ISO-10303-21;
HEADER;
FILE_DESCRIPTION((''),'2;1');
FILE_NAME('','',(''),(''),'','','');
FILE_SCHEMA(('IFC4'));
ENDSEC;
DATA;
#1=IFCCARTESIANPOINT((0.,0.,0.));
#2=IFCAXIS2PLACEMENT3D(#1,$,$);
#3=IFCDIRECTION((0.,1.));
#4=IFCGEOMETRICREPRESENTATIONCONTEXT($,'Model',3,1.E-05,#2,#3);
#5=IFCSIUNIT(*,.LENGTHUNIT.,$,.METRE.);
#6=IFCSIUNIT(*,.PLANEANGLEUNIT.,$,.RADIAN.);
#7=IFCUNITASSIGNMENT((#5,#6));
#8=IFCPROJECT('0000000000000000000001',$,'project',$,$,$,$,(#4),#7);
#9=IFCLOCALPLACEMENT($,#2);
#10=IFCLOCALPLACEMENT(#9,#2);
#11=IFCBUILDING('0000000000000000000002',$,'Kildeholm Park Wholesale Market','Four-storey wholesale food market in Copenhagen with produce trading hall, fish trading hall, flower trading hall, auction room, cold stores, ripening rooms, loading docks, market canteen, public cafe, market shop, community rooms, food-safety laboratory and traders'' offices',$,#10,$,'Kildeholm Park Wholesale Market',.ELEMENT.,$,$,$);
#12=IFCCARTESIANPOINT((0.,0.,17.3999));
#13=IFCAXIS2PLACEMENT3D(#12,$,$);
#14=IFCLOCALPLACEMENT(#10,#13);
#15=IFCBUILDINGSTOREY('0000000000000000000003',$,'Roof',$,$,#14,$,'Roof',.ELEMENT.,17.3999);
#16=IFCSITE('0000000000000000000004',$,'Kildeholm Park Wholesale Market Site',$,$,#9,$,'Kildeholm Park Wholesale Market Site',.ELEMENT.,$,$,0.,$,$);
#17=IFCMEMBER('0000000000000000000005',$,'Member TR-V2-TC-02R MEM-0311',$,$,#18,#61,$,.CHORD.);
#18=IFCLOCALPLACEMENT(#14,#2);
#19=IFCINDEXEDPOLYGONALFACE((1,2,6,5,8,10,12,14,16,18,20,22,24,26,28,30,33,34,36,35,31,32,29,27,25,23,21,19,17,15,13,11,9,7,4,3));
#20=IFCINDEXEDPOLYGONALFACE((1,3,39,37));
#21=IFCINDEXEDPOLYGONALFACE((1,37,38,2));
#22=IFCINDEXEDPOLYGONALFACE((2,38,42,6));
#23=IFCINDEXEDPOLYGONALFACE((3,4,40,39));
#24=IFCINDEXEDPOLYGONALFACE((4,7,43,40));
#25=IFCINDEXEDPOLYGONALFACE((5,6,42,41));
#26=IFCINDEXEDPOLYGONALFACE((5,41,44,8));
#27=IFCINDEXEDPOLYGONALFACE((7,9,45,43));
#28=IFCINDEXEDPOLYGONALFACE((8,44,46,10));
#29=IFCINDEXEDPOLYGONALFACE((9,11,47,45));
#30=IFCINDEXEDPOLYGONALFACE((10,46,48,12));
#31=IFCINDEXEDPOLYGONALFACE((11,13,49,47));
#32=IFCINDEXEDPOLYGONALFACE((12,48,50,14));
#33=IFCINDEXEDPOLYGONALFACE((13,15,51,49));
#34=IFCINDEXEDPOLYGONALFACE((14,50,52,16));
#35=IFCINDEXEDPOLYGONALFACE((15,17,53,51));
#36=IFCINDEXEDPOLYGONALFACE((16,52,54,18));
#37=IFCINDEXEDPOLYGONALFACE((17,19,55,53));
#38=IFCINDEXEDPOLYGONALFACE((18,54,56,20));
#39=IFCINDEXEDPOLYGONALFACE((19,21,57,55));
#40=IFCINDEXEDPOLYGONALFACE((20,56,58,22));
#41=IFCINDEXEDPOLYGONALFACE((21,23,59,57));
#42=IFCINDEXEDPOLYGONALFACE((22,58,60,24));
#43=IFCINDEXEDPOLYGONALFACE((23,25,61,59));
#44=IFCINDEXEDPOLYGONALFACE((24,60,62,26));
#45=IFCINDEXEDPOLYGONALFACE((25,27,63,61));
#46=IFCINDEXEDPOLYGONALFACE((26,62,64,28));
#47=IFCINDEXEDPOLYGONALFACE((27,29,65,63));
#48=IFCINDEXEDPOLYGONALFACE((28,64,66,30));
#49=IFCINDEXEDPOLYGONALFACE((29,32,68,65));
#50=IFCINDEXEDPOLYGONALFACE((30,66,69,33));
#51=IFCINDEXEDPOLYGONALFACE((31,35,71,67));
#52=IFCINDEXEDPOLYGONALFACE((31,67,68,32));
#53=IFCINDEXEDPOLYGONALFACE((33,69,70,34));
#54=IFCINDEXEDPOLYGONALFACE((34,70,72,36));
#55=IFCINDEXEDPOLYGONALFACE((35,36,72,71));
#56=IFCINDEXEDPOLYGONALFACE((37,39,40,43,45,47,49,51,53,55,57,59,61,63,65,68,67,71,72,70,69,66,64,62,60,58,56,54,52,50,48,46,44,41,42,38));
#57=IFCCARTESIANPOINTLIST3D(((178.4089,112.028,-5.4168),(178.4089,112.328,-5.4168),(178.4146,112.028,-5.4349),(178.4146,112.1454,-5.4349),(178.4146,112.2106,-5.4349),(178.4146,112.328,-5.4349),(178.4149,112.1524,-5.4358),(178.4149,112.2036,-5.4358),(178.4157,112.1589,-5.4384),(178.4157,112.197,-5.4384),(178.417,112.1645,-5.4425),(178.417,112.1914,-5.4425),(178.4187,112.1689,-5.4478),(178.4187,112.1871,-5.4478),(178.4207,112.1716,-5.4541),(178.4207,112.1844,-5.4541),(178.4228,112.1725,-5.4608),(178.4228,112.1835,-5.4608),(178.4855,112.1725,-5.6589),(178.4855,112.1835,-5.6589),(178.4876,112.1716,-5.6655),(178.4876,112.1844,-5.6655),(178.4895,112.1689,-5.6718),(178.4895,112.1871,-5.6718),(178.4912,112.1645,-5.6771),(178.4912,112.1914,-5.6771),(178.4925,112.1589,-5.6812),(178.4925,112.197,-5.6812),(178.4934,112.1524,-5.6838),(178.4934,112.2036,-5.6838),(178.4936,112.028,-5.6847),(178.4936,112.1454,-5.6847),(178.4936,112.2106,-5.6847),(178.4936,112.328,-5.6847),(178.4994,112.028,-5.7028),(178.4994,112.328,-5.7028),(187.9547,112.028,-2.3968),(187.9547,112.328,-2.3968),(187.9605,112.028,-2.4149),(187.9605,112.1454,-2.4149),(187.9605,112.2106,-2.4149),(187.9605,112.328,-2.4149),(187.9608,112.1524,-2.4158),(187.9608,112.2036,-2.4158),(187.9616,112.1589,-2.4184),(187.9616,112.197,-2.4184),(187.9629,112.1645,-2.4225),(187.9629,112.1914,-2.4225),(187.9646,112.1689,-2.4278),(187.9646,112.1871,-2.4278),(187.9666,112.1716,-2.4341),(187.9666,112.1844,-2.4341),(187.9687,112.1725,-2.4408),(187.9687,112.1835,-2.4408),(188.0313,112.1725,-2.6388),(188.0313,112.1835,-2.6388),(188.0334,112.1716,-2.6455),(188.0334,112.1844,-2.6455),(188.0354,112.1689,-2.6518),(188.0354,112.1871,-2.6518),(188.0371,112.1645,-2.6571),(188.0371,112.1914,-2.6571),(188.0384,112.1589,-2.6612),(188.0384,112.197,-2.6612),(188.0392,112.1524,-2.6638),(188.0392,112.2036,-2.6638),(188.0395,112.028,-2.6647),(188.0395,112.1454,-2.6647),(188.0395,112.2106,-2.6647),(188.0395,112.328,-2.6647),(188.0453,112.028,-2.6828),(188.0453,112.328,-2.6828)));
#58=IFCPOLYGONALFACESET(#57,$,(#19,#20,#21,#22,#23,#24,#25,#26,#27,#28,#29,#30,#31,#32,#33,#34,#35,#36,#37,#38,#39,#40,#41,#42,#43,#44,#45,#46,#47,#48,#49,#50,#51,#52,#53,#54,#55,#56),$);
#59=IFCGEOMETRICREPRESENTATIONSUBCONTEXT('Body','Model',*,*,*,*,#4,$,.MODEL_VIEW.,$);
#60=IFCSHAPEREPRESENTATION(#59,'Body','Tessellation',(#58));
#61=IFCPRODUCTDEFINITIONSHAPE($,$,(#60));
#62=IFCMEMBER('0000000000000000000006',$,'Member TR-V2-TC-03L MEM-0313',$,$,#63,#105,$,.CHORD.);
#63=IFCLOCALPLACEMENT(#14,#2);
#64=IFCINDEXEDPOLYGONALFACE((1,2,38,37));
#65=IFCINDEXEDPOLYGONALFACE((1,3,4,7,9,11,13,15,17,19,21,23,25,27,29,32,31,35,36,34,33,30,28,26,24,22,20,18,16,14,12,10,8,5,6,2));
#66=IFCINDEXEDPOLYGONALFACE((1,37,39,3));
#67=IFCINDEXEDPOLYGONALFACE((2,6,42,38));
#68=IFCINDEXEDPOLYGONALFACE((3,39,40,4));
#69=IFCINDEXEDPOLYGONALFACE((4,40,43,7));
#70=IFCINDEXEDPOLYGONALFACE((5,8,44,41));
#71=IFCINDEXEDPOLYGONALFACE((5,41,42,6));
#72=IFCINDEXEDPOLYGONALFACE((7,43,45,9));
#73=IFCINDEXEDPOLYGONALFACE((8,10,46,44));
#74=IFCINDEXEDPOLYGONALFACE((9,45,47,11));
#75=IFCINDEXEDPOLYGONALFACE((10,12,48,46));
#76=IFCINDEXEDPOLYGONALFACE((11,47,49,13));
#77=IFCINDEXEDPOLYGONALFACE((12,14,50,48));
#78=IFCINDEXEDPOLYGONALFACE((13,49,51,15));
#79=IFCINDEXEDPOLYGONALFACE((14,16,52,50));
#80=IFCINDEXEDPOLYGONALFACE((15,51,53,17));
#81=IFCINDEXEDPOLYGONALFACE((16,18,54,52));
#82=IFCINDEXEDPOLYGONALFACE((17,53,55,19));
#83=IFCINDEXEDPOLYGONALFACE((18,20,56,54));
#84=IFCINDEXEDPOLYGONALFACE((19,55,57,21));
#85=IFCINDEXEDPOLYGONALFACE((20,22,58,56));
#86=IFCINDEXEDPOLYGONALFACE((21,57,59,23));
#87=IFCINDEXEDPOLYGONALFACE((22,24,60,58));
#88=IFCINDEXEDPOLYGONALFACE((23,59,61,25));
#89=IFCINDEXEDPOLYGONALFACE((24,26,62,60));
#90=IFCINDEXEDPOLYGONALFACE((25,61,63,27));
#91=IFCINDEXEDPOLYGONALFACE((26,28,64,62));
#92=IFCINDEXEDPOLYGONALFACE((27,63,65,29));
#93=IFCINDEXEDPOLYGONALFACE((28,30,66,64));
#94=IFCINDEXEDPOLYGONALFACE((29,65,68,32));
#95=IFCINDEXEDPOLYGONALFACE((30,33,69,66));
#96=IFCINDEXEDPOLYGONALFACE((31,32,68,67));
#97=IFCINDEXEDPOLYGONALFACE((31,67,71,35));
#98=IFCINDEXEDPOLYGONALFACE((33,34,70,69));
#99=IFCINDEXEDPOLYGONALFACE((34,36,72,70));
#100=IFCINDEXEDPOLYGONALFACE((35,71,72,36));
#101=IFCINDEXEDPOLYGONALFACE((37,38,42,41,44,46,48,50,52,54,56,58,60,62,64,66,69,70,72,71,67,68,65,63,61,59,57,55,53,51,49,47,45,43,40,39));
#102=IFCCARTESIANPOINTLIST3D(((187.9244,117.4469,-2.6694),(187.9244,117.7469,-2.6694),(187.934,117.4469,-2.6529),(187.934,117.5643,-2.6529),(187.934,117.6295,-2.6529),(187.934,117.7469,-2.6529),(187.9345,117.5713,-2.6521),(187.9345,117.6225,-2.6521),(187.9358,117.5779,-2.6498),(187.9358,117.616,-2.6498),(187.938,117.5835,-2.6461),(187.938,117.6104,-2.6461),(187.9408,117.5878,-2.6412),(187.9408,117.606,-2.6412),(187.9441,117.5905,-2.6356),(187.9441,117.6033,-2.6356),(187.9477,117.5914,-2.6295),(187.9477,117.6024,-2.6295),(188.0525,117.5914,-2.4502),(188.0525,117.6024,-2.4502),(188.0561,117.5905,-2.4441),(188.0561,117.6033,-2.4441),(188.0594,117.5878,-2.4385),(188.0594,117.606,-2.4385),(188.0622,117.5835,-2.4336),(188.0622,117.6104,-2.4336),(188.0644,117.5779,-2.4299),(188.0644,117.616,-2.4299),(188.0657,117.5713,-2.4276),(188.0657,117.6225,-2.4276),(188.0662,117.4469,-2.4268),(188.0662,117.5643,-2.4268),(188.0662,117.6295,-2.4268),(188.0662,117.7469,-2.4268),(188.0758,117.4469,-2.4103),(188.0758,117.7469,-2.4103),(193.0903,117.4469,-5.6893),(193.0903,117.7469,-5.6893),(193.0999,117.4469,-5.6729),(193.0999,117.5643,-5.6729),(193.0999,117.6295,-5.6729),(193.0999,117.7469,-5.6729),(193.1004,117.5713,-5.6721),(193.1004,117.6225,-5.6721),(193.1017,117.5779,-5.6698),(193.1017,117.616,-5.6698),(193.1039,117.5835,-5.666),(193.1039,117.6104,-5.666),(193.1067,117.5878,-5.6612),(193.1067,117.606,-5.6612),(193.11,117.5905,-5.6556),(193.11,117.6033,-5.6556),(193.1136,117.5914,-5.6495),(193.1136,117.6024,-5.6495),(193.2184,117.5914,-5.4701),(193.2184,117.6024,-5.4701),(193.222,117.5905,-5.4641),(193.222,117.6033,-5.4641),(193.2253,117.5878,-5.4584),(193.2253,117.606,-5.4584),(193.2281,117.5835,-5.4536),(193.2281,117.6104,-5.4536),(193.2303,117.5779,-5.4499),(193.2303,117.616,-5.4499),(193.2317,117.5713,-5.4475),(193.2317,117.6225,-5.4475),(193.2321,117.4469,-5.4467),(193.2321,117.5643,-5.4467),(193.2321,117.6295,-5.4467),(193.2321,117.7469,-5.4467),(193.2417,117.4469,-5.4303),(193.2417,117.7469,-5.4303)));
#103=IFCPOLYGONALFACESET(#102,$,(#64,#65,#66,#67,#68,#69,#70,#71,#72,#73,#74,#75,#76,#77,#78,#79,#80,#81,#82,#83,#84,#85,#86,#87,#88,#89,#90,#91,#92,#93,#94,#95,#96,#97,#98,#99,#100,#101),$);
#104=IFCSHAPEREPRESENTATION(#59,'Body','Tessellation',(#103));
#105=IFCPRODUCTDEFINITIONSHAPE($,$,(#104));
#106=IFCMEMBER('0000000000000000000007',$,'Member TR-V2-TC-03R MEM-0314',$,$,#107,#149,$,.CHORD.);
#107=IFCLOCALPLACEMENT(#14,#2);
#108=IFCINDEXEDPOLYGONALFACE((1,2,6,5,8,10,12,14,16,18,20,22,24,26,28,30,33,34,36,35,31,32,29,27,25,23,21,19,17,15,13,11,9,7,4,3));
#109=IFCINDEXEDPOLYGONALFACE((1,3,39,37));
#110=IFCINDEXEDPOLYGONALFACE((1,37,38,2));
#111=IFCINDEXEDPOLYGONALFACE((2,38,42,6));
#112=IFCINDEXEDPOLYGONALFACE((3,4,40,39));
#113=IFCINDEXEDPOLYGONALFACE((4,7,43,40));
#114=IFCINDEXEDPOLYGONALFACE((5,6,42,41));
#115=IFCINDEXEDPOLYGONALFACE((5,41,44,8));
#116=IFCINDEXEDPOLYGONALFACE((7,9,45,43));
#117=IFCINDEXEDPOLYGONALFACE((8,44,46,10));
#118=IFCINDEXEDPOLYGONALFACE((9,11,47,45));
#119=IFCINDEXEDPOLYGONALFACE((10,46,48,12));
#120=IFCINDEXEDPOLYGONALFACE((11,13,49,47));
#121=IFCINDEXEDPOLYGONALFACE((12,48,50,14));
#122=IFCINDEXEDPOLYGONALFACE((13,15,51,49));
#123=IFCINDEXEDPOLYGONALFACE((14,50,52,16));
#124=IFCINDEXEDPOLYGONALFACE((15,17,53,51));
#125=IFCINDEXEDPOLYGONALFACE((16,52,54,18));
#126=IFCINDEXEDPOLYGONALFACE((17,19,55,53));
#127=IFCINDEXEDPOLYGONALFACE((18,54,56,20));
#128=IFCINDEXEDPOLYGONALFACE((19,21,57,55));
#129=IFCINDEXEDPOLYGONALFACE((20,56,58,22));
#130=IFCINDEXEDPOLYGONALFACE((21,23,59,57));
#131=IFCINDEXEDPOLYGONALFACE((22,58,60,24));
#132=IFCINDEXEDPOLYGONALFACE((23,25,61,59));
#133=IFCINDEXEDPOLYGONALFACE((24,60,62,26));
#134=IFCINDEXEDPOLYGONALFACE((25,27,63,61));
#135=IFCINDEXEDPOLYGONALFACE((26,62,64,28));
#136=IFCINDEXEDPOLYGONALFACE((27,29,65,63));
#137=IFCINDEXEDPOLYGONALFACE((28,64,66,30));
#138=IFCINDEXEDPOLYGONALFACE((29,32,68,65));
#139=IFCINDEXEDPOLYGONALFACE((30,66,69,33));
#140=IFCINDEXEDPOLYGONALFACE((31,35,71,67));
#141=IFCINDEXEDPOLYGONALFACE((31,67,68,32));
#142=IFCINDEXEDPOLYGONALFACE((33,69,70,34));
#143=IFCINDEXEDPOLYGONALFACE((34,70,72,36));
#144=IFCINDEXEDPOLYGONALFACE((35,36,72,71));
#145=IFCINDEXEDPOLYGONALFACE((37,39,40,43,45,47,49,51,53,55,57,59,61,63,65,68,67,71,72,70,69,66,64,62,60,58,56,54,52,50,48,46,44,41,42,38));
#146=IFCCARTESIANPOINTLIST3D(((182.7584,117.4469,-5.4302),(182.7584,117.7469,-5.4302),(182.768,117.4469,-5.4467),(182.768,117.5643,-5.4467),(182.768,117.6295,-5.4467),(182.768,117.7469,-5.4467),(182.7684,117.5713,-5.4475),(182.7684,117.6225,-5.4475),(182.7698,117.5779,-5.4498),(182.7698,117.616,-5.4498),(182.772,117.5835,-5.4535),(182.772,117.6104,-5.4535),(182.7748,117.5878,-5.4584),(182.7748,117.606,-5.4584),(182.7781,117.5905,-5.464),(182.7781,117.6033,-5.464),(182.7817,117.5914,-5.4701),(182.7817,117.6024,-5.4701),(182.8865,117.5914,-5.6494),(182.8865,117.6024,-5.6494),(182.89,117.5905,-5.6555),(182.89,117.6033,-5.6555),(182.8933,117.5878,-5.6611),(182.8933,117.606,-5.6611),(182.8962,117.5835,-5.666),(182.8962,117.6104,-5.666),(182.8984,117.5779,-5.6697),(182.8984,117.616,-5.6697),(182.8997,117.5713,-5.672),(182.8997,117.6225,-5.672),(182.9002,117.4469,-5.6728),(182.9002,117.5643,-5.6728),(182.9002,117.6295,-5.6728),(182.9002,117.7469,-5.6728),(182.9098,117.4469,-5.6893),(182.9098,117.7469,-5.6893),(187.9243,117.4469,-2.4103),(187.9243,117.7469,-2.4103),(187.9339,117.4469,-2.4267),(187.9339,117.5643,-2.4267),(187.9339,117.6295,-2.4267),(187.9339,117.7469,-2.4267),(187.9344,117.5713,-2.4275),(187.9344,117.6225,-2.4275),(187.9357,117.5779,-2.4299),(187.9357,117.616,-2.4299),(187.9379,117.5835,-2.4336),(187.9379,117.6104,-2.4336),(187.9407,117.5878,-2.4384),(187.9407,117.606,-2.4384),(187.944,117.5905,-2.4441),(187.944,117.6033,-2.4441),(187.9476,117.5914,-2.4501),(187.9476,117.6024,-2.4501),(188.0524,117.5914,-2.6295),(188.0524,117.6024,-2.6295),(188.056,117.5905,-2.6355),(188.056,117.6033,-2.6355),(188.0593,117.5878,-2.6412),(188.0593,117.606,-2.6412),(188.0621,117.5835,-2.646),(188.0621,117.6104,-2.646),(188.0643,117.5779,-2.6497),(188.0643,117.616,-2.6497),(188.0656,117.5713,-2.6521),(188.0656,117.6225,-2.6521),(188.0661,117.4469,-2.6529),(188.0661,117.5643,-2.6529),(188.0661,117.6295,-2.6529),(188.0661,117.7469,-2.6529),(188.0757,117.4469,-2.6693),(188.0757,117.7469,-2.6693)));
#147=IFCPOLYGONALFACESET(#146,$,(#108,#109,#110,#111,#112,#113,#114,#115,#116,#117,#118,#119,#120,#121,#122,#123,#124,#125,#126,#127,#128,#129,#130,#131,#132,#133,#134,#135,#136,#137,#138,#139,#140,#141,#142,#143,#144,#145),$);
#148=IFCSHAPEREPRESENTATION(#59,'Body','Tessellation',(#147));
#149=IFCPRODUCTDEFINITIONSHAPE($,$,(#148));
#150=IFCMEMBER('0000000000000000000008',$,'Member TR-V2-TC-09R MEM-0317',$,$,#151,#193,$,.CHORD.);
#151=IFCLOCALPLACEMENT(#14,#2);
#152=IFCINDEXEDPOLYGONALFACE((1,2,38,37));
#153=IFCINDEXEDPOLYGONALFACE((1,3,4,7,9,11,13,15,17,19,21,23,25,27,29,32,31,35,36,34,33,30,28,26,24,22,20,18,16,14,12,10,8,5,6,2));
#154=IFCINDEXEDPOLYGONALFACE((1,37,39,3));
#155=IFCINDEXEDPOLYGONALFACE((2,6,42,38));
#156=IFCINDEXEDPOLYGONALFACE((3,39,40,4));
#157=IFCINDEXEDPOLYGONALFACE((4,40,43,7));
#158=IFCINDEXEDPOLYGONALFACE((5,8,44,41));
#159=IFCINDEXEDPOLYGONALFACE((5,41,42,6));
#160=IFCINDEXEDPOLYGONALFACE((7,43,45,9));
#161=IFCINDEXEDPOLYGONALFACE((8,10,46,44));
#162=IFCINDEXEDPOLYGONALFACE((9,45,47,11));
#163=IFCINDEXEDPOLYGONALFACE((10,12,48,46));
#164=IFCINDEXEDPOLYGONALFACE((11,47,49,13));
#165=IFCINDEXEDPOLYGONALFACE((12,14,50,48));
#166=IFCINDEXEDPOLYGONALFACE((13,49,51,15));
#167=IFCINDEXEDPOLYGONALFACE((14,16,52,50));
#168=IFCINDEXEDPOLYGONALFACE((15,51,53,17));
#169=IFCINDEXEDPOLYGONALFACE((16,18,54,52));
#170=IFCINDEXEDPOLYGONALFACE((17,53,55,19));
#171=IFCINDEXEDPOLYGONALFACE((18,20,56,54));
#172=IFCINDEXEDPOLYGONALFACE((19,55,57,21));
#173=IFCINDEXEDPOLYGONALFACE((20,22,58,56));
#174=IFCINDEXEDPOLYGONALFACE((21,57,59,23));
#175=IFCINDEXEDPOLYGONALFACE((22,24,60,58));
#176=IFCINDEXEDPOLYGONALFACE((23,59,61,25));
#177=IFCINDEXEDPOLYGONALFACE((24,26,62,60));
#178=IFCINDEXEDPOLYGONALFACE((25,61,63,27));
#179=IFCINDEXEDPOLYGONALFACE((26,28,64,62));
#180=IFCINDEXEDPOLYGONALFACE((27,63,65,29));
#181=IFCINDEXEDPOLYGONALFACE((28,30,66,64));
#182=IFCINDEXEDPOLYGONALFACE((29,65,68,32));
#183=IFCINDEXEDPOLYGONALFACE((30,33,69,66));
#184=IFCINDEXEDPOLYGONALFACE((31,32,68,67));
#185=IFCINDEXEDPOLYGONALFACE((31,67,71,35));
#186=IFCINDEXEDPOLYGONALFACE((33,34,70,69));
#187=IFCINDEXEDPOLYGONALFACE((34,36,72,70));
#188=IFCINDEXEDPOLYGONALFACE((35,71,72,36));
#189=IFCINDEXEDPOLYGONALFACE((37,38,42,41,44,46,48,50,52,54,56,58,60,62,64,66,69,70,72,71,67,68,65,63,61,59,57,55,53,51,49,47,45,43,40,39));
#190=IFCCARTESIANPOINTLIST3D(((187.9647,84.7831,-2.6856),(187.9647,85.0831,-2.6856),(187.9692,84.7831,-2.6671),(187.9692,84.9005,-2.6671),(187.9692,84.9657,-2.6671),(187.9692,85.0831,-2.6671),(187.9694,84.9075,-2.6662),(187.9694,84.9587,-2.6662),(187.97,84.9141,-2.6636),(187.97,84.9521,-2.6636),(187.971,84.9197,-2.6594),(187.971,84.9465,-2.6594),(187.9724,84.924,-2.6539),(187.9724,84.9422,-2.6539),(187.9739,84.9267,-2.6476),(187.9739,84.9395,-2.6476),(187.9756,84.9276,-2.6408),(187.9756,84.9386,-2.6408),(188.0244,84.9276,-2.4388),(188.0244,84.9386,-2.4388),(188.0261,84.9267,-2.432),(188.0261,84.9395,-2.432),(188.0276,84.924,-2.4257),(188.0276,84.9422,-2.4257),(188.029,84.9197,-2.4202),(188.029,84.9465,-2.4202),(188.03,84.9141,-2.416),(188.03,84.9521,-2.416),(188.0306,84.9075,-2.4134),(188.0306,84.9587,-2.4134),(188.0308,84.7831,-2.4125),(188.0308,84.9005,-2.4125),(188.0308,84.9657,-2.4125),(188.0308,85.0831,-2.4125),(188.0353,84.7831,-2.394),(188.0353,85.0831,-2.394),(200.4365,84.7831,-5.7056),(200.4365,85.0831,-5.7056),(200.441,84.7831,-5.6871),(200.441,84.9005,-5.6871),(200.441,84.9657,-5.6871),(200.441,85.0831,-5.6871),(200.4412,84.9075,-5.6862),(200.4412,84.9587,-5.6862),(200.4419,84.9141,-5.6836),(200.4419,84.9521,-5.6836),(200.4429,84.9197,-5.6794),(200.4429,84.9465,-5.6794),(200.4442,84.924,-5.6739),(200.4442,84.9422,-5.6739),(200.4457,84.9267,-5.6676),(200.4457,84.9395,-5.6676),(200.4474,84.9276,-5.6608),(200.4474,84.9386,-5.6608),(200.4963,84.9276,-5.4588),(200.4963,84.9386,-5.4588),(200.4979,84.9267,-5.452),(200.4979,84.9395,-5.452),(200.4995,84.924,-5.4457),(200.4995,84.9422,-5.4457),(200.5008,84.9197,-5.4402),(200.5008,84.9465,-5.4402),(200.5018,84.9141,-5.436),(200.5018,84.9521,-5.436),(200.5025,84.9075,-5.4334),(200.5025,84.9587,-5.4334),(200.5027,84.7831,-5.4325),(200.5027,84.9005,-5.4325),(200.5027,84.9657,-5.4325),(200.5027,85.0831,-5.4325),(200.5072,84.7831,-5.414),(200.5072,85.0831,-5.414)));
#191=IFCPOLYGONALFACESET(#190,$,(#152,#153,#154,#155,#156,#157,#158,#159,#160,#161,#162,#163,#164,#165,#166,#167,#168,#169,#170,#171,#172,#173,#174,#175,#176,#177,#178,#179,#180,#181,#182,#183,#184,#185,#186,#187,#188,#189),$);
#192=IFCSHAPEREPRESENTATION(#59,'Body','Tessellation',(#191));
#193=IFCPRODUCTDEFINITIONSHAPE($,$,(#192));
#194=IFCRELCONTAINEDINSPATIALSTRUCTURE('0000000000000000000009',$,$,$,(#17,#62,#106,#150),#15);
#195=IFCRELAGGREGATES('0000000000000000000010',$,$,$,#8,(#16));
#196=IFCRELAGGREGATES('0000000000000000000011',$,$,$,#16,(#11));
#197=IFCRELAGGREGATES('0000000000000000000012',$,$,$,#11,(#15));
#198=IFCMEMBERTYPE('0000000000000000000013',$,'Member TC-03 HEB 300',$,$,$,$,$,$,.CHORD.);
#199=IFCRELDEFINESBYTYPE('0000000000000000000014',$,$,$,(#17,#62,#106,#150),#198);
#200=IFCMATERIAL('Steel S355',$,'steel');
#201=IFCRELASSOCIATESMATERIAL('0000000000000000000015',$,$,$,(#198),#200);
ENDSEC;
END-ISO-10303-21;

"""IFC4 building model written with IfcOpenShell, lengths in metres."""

from ifc_helpers import new_model, si_unit, direction, frame, origin, origin_2d, place, context, subcontext, project, spatial, i_section, extrude, material, material_profile, profile_set, type_object, element, save


model = new_model("IFC4")

# Units and contexts
model_context = context("Model", 3, precision=1e-05, world=origin(), true_north=direction((0.0, 1.0)))
body_context = subcontext(model_context, "Body", "Model", "MODEL_VIEW")
ifc_project = project(units=[si_unit("LENGTHUNIT", "METRE"), si_unit("PLANEANGLEUNIT", "RADIAN")], contexts=[model_context])

# Site, building, storey
site_placement = place(None, origin())
site = spatial("IfcSite", under=ifc_project, at=site_placement, Name="Kildeholm Park Wholesale Market Site", LongName="Kildeholm Park Wholesale Market Site", CompositionType="ELEMENT", RefElevation=0.0)
building_placement = place(site_placement, origin())
building = spatial("IfcBuilding", under=site, at=building_placement, Name="Kildeholm Park Wholesale Market", Description="Four-storey wholesale food market in Copenhagen with produce trading hall, fish trading hall, flower trading hall, auction room, cold stores, ripening rooms, loading docks, market canteen, public cafe, market shop, community rooms, food-safety laboratory and traders' offices", LongName="Kildeholm Park Wholesale Market", CompositionType="ELEMENT")
storey_placement = place(building_placement, frame((0.0, 0.0, 17.3999)))
storey = spatial("IfcBuildingStorey", under=building, at=storey_placement, Name="Roof", LongName="Roof", CompositionType="ELEMENT", Elevation=17.3999)

# Shared definitions
ifc_material_1 = material(Name="Steel S355", Category="steel")

# Members
ifc_material_profile_1 = material_profile(ifc_material_1, i_section(OverallWidth=0.3, OverallDepth=0.3, WebThickness=0.011, FlangeThickness=0.019, FilletRadius=0.0271, at=origin_2d()), Name="HEB 300")
ifc_profile_set_1 = profile_set([ifc_material_profile_1], Name="Steel S355")
member_type_1 = type_object("IfcMemberType", Name="Member TC-03 HEB 300", PredefinedType="CHORD", material=ifc_profile_set_1)
for number, where, z_axis, x_axis, name in (
    (1, (188.0, 112.178, -2.5398), (-0.953424, 0.0, -0.301633), (0.0, -1.0, 0.0), "Member TR-V2-TC-02R MEM-0311"),
):
    element("IfcMember", number, at=place(storey_placement, frame(where, z_axis=z_axis, x_axis=x_axis)), inside=storey, type_object=member_type_1, Name=name, PredefinedType="CHORD", context=body_context, shape_type="SweptSolid", body=[
        extrude(i_section(OverallWidth=0.3, OverallDepth=0.3, WebThickness=0.011, FlangeThickness=0.019, FilletRadius=0.0271, at=origin_2d()), origin(), (0.0, 0.0, 1.0), 10.0122),
    ])
for number, where, z_axis, x_axis, name in (
    (2, (193.166, 117.5969, -5.5598), (-0.863305, 0.0, 0.504683), (0.0, -1.0, 0.0), "Member TR-V2-TC-03L MEM-0313"),
    (3, (188.0, 117.5969, -2.5398), (-0.863305, 0.0, -0.504683), (0.0, -1.0, 0.0), "Member TR-V2-TC-03R MEM-0314"),
):
    element("IfcMember", number, at=place(storey_placement, frame(where, z_axis=z_axis, x_axis=x_axis)), inside=storey, type_object=member_type_1, Name=name, PredefinedType="CHORD", context=body_context, shape_type="SweptSolid", body=[
        extrude(i_section(OverallWidth=0.3, OverallDepth=0.3, WebThickness=0.011, FlangeThickness=0.019, FilletRadius=0.0271, at=origin_2d()), origin(), (0.0, 0.0, 1.0), 5.9839),
    ])
member_1_placement = place(storey_placement, frame((188.0, 84.9331, -2.5398), z_axis=(0.971912, 0.0, -0.235344), x_axis=(0.0, 1.0, 0.0)))
element("IfcMember", 4, at=member_1_placement, inside=storey, type_object=member_type_1, Name="Member TR-V2-TC-09R MEM-0317", PredefinedType="CHORD", context=body_context, shape_type="SweptSolid", body=[
    extrude(i_section(OverallWidth=0.3, OverallDepth=0.3, WebThickness=0.011, FlangeThickness=0.019, FilletRadius=0.0271, at=origin_2d()), origin(), (0.0, 0.0, 1.0), 12.8323),
])

save(model, "model.ifc")
